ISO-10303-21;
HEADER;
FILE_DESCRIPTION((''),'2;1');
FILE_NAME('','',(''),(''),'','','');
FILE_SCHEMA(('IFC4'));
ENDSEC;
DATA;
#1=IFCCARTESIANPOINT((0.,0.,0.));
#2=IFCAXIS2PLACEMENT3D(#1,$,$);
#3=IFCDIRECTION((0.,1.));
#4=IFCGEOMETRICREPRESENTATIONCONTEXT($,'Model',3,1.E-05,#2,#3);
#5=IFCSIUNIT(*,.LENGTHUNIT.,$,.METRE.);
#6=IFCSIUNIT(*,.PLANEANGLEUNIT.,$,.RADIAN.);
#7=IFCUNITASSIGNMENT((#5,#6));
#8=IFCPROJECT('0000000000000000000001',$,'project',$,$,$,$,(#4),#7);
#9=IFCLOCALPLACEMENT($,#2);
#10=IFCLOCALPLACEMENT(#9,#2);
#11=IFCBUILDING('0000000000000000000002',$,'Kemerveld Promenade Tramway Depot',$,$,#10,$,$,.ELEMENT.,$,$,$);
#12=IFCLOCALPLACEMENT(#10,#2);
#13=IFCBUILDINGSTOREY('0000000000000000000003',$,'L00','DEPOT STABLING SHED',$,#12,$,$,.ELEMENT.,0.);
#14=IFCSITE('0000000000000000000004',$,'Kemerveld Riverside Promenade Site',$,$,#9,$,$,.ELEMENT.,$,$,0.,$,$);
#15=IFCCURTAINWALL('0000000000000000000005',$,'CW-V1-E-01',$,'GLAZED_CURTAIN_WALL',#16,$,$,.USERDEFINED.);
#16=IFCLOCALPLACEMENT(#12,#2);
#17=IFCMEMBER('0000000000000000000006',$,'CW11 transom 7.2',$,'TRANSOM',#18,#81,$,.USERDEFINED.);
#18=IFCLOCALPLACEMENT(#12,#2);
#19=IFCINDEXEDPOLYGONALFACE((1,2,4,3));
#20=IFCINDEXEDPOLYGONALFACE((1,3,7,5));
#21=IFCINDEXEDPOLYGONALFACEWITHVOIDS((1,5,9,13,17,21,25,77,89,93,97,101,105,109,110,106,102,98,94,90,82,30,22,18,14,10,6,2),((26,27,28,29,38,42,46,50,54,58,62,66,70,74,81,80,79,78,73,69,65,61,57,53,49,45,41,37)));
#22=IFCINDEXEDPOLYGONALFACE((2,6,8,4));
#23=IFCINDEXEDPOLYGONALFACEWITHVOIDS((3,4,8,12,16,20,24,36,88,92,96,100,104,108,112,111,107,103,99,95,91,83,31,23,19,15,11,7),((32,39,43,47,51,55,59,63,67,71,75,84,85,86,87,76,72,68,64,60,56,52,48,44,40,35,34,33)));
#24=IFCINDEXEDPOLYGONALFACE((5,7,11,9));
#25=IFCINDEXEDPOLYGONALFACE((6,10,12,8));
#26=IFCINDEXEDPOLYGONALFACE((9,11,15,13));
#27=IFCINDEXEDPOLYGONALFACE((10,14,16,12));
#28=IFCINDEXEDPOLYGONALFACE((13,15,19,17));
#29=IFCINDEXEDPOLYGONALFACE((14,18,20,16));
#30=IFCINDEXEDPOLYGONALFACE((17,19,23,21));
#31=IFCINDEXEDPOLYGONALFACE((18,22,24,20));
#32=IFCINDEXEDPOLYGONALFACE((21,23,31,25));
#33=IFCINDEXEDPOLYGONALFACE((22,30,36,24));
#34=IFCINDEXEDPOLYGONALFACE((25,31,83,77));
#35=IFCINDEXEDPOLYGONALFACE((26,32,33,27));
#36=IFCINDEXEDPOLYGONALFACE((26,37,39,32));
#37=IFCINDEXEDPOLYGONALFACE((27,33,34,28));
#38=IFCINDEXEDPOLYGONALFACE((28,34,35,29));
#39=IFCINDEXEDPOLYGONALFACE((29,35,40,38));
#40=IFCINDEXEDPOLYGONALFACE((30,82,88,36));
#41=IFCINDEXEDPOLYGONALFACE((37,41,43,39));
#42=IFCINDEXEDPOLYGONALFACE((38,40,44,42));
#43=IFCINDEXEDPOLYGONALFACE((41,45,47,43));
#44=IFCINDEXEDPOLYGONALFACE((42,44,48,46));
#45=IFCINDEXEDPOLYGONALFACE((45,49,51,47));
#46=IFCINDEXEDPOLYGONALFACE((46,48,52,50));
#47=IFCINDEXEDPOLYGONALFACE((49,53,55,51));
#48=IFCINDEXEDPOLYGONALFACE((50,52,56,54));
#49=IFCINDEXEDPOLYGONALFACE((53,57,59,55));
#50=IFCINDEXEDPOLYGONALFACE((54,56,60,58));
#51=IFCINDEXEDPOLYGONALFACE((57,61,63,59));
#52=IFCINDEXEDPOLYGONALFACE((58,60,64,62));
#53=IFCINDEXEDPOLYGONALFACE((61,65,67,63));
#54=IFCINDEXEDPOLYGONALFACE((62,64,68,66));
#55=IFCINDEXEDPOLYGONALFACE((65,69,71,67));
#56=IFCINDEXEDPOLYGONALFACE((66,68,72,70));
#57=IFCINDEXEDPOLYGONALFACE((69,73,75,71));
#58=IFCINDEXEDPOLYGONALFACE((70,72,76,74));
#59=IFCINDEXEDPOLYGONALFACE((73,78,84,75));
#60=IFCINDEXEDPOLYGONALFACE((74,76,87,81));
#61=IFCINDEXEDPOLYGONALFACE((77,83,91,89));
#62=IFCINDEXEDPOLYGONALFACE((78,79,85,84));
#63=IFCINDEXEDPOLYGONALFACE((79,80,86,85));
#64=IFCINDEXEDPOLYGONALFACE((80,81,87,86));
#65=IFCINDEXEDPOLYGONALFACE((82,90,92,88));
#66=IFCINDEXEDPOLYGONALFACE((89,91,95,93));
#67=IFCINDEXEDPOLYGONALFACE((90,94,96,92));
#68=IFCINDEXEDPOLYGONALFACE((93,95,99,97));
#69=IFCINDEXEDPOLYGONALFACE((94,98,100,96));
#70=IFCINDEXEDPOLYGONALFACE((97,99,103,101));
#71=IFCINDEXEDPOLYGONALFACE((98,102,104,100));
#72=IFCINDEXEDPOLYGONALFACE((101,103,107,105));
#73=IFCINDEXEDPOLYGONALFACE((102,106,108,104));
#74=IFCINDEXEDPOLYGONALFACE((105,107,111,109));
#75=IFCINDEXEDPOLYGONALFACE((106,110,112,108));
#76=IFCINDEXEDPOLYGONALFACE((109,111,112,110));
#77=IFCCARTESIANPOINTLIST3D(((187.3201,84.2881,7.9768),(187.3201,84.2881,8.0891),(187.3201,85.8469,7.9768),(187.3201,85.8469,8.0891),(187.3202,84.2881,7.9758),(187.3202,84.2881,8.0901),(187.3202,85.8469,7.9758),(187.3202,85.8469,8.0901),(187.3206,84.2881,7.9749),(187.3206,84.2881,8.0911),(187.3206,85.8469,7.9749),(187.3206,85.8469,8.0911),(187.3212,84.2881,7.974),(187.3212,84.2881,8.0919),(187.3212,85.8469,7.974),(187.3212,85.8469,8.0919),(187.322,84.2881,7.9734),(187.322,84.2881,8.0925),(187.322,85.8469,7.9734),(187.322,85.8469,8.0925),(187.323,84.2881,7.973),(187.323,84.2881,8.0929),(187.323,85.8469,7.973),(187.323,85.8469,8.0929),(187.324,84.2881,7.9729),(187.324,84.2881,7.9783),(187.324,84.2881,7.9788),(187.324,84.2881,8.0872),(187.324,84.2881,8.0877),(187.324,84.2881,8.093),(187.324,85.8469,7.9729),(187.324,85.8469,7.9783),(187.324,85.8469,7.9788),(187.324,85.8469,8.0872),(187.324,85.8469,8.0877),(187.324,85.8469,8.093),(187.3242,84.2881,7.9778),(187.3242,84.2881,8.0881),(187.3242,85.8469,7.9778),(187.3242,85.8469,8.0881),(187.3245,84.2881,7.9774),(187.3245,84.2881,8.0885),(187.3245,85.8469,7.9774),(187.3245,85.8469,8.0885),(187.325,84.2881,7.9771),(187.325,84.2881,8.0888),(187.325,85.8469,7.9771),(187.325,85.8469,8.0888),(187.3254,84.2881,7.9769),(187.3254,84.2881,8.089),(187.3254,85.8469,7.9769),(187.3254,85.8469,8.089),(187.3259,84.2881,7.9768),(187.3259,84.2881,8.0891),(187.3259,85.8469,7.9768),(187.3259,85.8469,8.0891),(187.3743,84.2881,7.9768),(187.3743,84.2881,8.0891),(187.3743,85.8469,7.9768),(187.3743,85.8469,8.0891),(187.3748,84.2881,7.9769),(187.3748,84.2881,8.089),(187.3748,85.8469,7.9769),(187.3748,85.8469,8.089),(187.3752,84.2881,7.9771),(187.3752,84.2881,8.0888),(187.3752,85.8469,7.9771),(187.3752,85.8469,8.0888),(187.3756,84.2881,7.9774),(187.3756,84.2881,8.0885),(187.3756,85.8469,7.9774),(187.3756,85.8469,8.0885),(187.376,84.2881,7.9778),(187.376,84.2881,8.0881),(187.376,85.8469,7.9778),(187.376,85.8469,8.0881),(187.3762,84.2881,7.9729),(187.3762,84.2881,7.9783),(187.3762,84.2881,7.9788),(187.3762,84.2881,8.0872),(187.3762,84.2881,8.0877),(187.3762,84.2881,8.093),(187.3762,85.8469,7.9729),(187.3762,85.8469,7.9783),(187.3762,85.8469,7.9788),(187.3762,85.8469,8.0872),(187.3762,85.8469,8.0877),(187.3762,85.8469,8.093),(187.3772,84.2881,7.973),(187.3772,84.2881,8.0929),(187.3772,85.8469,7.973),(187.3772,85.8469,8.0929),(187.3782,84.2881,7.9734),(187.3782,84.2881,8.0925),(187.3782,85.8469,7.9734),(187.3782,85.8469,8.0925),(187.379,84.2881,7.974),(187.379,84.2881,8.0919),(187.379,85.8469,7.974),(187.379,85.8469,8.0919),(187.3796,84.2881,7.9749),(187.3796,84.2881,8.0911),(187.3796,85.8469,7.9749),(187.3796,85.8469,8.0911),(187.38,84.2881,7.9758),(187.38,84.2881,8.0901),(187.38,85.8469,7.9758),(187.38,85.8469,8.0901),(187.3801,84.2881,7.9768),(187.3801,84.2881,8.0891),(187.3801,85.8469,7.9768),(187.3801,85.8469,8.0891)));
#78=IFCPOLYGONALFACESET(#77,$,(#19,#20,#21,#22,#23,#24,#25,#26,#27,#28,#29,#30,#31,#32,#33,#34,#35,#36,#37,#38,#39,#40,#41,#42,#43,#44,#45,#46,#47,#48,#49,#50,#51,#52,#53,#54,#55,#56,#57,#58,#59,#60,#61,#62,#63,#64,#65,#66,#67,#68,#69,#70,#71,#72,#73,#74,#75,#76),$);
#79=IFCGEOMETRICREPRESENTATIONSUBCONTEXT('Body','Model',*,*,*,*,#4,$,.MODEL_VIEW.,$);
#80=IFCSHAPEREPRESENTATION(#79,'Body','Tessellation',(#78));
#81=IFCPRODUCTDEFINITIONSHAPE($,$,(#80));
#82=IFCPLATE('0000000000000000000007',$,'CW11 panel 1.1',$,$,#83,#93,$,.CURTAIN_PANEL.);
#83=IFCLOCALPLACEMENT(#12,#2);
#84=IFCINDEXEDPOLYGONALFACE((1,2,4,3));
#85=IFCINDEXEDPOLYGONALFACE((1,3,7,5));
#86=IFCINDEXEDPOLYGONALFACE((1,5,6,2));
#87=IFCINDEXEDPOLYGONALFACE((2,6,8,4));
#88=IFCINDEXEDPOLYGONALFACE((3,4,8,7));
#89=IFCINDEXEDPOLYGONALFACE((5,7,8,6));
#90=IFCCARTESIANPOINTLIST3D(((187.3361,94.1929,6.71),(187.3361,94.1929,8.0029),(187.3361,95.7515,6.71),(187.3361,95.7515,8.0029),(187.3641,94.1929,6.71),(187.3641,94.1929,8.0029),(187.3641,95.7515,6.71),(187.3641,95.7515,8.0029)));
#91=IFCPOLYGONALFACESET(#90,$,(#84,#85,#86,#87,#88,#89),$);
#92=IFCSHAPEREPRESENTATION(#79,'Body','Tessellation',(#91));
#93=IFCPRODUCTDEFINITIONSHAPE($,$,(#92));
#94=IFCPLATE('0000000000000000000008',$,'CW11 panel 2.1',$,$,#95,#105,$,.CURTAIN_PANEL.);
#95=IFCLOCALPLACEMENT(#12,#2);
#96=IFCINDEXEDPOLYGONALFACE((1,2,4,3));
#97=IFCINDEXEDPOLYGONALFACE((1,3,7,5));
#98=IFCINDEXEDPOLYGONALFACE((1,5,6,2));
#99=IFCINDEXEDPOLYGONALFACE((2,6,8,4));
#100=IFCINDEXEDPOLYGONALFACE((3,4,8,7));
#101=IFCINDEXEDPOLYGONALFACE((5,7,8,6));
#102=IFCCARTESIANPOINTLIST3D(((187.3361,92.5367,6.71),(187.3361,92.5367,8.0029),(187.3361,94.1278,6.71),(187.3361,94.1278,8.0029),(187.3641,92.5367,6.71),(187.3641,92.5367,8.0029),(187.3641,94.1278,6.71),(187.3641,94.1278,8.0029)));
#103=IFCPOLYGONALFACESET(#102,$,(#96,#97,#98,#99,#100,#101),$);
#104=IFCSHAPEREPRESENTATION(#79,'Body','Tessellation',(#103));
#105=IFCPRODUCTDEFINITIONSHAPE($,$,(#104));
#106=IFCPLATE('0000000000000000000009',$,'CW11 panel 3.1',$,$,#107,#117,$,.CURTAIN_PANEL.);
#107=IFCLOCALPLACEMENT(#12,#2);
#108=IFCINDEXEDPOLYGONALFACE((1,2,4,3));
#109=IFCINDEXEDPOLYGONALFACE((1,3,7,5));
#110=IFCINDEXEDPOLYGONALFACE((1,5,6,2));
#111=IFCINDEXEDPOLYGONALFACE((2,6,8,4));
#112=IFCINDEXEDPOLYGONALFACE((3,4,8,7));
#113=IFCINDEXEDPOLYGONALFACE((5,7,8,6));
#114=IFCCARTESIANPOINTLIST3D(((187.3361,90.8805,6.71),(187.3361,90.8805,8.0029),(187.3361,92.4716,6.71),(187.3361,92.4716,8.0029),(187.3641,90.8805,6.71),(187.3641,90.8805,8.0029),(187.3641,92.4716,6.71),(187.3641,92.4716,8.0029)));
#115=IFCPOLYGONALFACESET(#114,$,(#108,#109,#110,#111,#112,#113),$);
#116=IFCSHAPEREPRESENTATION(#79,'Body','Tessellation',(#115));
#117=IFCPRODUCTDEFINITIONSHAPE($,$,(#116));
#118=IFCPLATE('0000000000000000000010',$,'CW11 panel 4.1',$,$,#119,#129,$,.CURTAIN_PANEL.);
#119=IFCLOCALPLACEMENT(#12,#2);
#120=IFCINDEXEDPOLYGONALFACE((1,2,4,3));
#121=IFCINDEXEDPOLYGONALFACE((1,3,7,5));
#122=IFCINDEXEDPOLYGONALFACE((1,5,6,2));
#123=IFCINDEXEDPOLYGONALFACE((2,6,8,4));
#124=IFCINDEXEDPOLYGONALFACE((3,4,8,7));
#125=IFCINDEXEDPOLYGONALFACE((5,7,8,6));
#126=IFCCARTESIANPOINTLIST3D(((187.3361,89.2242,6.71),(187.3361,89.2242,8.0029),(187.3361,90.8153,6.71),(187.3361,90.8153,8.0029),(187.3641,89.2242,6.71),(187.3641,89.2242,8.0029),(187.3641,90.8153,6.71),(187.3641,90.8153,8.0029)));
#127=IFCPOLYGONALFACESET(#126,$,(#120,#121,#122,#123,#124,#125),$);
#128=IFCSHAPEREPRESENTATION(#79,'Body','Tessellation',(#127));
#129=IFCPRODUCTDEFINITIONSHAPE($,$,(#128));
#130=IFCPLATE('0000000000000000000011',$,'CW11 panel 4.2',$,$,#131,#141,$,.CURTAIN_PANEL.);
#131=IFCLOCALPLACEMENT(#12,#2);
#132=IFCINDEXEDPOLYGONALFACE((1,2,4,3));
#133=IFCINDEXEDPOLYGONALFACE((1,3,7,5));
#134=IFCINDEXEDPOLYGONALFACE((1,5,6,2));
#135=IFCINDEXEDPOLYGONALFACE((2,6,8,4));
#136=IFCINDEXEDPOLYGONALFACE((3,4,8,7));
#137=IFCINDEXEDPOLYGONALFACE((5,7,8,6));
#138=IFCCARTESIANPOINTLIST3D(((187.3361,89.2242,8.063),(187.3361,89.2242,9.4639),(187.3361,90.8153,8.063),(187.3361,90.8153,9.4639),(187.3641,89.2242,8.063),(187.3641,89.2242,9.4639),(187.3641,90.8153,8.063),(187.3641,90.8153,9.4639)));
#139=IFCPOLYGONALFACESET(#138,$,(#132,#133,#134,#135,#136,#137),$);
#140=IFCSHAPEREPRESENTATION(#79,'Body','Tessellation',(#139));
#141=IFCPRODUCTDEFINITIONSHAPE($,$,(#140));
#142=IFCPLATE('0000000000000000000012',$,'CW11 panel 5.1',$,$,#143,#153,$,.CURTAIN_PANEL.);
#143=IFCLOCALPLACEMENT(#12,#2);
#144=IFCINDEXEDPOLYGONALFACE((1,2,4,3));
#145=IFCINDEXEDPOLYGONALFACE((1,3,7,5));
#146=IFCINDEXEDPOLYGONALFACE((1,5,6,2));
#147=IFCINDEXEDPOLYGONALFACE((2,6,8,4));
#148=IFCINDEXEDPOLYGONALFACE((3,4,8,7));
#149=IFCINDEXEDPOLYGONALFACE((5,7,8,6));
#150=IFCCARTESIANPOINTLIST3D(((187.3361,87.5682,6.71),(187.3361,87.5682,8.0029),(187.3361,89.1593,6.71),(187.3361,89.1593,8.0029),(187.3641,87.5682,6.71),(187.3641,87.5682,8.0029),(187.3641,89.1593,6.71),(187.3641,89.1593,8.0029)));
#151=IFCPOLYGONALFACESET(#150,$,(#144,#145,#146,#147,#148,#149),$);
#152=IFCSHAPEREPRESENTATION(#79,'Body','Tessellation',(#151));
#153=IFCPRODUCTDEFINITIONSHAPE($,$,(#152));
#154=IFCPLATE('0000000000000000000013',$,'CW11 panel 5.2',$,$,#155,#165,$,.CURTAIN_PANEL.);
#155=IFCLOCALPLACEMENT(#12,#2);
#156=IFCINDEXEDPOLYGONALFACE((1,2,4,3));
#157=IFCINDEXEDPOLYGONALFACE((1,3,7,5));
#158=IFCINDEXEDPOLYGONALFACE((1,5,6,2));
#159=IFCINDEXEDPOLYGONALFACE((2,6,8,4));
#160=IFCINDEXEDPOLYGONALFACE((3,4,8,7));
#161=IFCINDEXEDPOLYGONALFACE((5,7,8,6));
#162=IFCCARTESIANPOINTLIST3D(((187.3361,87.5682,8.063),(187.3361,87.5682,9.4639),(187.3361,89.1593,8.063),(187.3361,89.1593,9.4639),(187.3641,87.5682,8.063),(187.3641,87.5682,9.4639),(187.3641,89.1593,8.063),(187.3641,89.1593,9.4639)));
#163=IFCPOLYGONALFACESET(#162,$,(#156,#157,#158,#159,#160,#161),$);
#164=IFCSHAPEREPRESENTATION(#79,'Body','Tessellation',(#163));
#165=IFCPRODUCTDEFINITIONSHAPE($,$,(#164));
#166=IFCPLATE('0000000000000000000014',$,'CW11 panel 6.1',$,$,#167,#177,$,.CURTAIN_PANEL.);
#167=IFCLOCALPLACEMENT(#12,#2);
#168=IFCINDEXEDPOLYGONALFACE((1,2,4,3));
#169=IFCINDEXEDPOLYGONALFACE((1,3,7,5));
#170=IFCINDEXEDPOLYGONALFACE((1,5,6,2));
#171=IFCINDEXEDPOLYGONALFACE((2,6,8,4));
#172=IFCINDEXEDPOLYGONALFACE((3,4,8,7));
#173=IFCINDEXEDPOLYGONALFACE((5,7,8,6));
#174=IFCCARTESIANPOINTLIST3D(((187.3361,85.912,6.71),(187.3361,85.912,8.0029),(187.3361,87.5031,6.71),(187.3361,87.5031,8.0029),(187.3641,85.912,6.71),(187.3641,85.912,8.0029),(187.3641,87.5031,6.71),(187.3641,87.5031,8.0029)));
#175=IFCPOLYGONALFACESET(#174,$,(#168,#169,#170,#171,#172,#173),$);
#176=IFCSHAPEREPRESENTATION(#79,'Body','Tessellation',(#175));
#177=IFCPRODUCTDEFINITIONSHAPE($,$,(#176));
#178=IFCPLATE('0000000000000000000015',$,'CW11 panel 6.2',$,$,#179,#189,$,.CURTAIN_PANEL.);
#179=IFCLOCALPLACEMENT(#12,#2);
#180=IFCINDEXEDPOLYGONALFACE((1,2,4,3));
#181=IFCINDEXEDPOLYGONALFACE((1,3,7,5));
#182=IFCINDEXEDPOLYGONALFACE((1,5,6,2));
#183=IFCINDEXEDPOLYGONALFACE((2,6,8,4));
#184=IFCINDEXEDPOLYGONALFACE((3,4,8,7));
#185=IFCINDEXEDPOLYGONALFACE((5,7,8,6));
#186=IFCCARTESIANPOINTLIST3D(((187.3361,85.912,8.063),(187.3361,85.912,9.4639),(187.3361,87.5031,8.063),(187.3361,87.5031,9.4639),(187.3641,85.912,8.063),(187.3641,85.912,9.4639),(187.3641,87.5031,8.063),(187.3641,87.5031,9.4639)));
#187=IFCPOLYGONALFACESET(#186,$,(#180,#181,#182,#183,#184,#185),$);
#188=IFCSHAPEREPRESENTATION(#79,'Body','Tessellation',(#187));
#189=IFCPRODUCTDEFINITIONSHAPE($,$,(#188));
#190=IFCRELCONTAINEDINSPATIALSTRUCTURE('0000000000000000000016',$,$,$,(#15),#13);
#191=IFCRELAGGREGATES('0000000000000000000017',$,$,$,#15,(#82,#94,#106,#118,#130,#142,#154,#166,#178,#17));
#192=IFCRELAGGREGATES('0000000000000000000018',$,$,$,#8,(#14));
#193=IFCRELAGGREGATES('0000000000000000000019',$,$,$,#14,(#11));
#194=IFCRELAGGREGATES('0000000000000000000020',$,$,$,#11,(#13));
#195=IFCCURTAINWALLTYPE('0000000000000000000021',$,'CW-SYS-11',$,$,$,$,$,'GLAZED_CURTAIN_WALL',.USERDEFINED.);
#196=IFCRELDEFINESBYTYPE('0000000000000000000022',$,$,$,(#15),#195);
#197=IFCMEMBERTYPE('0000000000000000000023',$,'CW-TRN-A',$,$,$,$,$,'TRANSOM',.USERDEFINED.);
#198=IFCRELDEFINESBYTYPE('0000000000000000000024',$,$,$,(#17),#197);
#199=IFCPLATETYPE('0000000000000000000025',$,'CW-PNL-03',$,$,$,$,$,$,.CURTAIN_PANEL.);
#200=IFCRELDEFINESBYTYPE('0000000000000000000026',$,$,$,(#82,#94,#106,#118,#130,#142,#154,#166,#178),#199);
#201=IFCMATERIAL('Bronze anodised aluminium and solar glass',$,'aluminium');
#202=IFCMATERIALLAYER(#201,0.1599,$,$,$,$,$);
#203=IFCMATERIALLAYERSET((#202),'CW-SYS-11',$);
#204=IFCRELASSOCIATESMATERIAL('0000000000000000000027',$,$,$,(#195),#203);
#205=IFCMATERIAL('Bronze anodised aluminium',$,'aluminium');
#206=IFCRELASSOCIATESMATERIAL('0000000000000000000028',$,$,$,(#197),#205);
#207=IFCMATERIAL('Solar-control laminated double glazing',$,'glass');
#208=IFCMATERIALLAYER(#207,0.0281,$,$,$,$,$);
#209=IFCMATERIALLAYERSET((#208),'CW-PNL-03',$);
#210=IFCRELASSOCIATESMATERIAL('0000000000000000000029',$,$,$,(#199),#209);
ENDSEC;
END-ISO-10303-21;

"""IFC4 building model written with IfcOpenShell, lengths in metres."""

from ifc_helpers import new_model, si_unit, direction, frame, origin, origin_2d, place, context, subcontext, project, spatial, rectangle, hollow_rectangle, extrude, material, layer, layer_set, material_profile, profile_set, type_object, element, aggregate, save


model = new_model("IFC4")

# Units and contexts
model_context = context("Model", 3, precision=1e-05, world=origin(), true_north=direction((0.0, 1.0)))
body_context = subcontext(model_context, "Body", "Model", "MODEL_VIEW")
ifc_project = project(units=[si_unit("LENGTHUNIT", "METRE"), si_unit("PLANEANGLEUNIT", "RADIAN")], contexts=[model_context])

# Site, building, storey
site_placement = place(None, origin())
site = spatial("IfcSite", under=ifc_project, at=site_placement, Name="Kemerveld Riverside Promenade Site", CompositionType="ELEMENT", RefElevation=0.0)
building_placement = place(site_placement, origin())
building = spatial("IfcBuilding", under=site, at=building_placement, Name="Kemerveld Promenade Tramway Depot", CompositionType="ELEMENT")
storey_placement = place(building_placement, origin())
storey = spatial("IfcBuildingStorey", under=building, at=storey_placement, Name="L00", Description="DEPOT STABLING SHED", CompositionType="ELEMENT", Elevation=0.0)

# Curtain wall, member, plates
ifc_material_1 = material(Name="Bronze anodised aluminium and solar glass", Category="aluminium")
ifc_layer_1 = layer(ifc_material_1, 0.1599)
ifc_layer_set_1 = layer_set([ifc_layer_1], Name="CW-SYS-11")
curtain_wall_type = type_object("IfcCurtainWallType", Name="CW-SYS-11", ElementType="GLAZED_CURTAIN_WALL", PredefinedType="USERDEFINED", material=ifc_layer_set_1)
curtain_wall_placement = place(storey_placement, origin())
curtain_wall = element("IfcCurtainWall", 1, at=curtain_wall_placement, inside=storey, type_object=curtain_wall_type, Name="CW-V1-E-01", ObjectType="GLAZED_CURTAIN_WALL", PredefinedType="USERDEFINED")
ifc_material_2 = material(Name="Bronze anodised aluminium", Category="aluminium")
ifc_material_profile_1 = material_profile(ifc_material_2, hollow_rectangle(XDim=0.0601, YDim=0.1201, WallThickness=0.0039, InnerFilletRadius=0.002, OuterFilletRadius=0.0039, at=origin_2d()), Name="CW-TRN-120x60")
ifc_profile_set_1 = profile_set([ifc_material_profile_1], Name="Bronze anodised aluminium")
member_type_1 = type_object("IfcMemberType", Name="CW-TRN-A", ElementType="TRANSOM", PredefinedType="USERDEFINED", material=ifc_profile_set_1)
member_1_placement = place(storey_placement, frame((187.3501, 85.8469, 8.033), z_axis=(0.0, -1.0, 0.0), x_axis=(1.0, 0.0, 0.0)))
member_1 = element("IfcMember", 2, at=member_1_placement, type_object=member_type_1, Name="CW11 transom 7.2", ObjectType="TRANSOM", PredefinedType="USERDEFINED", context=body_context, shape_type="SweptSolid", body=[
    extrude(hollow_rectangle(XDim=0.0601, YDim=0.1201, WallThickness=0.0039, InnerFilletRadius=0.002, OuterFilletRadius=0.0039, at=origin_2d()), origin(), (0.0, 0.0, 1.0), 1.5588),
])
ifc_material_3 = material(Name="Solar-control laminated double glazing", Category="glass")
ifc_layer_2 = layer(ifc_material_3, 0.0281)
ifc_layer_set_2 = layer_set([ifc_layer_2], Name="CW-PNL-03")
plate_type = type_object("IfcPlateType", Name="CW-PNL-03", PredefinedType="CURTAIN_PANEL", material=ifc_layer_set_2)
plate_1_placement = place(storey_placement, frame((187.3501, 94.9722, 6.71), z_axis=(0.0, 0.0, 1.0), x_axis=(0.0, -1.0, 0.0)))
plate_1 = element("IfcPlate", 3, at=plate_1_placement, type_object=plate_type, Name="CW11 panel 1.1", PredefinedType="CURTAIN_PANEL", context=body_context, shape_type="SweptSolid", body=[
    extrude(rectangle(XDim=1.5586, YDim=0.0281, at=origin_2d()), origin(), (0.0, 0.0, 1.0), 1.293),
])
plate_2_placement = place(storey_placement, frame((187.3501, 93.3323, 6.71), z_axis=(0.0, 0.0, 1.0), x_axis=(0.0, -1.0, 0.0)))
plate_2 = element("IfcPlate", 4, at=plate_2_placement, type_object=plate_type, Name="CW11 panel 2.1", PredefinedType="CURTAIN_PANEL", context=body_context, shape_type="SweptSolid", body=[
    extrude(rectangle(XDim=1.5911, YDim=0.0281, at=origin_2d()), origin(), (0.0, 0.0, 1.0), 1.293),
])
plate_3_placement = place(storey_placement, frame((187.3501, 91.676, 6.71), z_axis=(0.0, 0.0, 1.0), x_axis=(0.0, -1.0, 0.0)))
plate_3 = element("IfcPlate", 5, at=plate_3_placement, type_object=plate_type, Name="CW11 panel 3.1", PredefinedType="CURTAIN_PANEL", context=body_context, shape_type="SweptSolid", body=[
    extrude(rectangle(XDim=1.5911, YDim=0.0281, at=origin_2d()), origin(), (0.0, 0.0, 1.0), 1.293),
])
plate_4_placement = place(storey_placement, frame((187.3501, 90.0198, 6.71), z_axis=(0.0, 0.0, 1.0), x_axis=(0.0, -1.0, 0.0)))
plate_4 = element("IfcPlate", 6, at=plate_4_placement, type_object=plate_type, Name="CW11 panel 4.1", PredefinedType="CURTAIN_PANEL", context=body_context, shape_type="SweptSolid", body=[
    extrude(rectangle(XDim=1.5911, YDim=0.0281, at=origin_2d()), origin(), (0.0, 0.0, 1.0), 1.293),
])
plate_5_placement = place(storey_placement, frame((187.3501, 90.0198, 8.063), z_axis=(0.0, 0.0, 1.0), x_axis=(0.0, -1.0, 0.0)))
plate_5 = element("IfcPlate", 7, at=plate_5_placement, type_object=plate_type, Name="CW11 panel 4.2", PredefinedType="CURTAIN_PANEL", context=body_context, shape_type="SweptSolid", body=[
    extrude(rectangle(XDim=1.5911, YDim=0.0281, at=origin_2d()), origin(), (0.0, 0.0, 1.0), 1.4009),
])
plate_6_placement = place(storey_placement, frame((187.3501, 88.3638, 6.71), z_axis=(0.0, 0.0, 1.0), x_axis=(0.0, -1.0, 0.0)))
plate_6 = element("IfcPlate", 8, at=plate_6_placement, type_object=plate_type, Name="CW11 panel 5.1", PredefinedType="CURTAIN_PANEL", context=body_context, shape_type="SweptSolid", body=[
    extrude(rectangle(XDim=1.5911, YDim=0.0281, at=origin_2d()), origin(), (0.0, 0.0, 1.0), 1.293),
])
plate_7_placement = place(storey_placement, frame((187.3501, 88.3638, 8.063), z_axis=(0.0, 0.0, 1.0), x_axis=(0.0, -1.0, 0.0)))
plate_7 = element("IfcPlate", 9, at=plate_7_placement, type_object=plate_type, Name="CW11 panel 5.2", PredefinedType="CURTAIN_PANEL", context=body_context, shape_type="SweptSolid", body=[
    extrude(rectangle(XDim=1.5911, YDim=0.0281, at=origin_2d()), origin(), (0.0, 0.0, 1.0), 1.4009),
])
plate_8_placement = place(storey_placement, frame((187.3501, 86.7075, 6.71), z_axis=(0.0, 0.0, 1.0), x_axis=(0.0, -1.0, 0.0)))
plate_8 = element("IfcPlate", 10, at=plate_8_placement, type_object=plate_type, Name="CW11 panel 6.1", PredefinedType="CURTAIN_PANEL", context=body_context, shape_type="SweptSolid", body=[
    extrude(rectangle(XDim=1.5911, YDim=0.0281, at=origin_2d()), origin(), (0.0, 0.0, 1.0), 1.293),
])
plate_9_placement = place(storey_placement, frame((187.3501, 86.7075, 8.063), z_axis=(0.0, 0.0, 1.0), x_axis=(0.0, -1.0, 0.0)))
plate_9 = element("IfcPlate", 11, at=plate_9_placement, type_object=plate_type, Name="CW11 panel 6.2", PredefinedType="CURTAIN_PANEL", context=body_context, shape_type="SweptSolid", body=[
    extrude(rectangle(XDim=1.5911, YDim=0.0281, at=origin_2d()), origin(), (0.0, 0.0, 1.0), 1.4009),
])
aggregate(curtain_wall, [plate_1, plate_2, plate_3, plate_4, plate_5, plate_6, plate_7, plate_8, plate_9, member_1])

save(model, "model.ifc")
